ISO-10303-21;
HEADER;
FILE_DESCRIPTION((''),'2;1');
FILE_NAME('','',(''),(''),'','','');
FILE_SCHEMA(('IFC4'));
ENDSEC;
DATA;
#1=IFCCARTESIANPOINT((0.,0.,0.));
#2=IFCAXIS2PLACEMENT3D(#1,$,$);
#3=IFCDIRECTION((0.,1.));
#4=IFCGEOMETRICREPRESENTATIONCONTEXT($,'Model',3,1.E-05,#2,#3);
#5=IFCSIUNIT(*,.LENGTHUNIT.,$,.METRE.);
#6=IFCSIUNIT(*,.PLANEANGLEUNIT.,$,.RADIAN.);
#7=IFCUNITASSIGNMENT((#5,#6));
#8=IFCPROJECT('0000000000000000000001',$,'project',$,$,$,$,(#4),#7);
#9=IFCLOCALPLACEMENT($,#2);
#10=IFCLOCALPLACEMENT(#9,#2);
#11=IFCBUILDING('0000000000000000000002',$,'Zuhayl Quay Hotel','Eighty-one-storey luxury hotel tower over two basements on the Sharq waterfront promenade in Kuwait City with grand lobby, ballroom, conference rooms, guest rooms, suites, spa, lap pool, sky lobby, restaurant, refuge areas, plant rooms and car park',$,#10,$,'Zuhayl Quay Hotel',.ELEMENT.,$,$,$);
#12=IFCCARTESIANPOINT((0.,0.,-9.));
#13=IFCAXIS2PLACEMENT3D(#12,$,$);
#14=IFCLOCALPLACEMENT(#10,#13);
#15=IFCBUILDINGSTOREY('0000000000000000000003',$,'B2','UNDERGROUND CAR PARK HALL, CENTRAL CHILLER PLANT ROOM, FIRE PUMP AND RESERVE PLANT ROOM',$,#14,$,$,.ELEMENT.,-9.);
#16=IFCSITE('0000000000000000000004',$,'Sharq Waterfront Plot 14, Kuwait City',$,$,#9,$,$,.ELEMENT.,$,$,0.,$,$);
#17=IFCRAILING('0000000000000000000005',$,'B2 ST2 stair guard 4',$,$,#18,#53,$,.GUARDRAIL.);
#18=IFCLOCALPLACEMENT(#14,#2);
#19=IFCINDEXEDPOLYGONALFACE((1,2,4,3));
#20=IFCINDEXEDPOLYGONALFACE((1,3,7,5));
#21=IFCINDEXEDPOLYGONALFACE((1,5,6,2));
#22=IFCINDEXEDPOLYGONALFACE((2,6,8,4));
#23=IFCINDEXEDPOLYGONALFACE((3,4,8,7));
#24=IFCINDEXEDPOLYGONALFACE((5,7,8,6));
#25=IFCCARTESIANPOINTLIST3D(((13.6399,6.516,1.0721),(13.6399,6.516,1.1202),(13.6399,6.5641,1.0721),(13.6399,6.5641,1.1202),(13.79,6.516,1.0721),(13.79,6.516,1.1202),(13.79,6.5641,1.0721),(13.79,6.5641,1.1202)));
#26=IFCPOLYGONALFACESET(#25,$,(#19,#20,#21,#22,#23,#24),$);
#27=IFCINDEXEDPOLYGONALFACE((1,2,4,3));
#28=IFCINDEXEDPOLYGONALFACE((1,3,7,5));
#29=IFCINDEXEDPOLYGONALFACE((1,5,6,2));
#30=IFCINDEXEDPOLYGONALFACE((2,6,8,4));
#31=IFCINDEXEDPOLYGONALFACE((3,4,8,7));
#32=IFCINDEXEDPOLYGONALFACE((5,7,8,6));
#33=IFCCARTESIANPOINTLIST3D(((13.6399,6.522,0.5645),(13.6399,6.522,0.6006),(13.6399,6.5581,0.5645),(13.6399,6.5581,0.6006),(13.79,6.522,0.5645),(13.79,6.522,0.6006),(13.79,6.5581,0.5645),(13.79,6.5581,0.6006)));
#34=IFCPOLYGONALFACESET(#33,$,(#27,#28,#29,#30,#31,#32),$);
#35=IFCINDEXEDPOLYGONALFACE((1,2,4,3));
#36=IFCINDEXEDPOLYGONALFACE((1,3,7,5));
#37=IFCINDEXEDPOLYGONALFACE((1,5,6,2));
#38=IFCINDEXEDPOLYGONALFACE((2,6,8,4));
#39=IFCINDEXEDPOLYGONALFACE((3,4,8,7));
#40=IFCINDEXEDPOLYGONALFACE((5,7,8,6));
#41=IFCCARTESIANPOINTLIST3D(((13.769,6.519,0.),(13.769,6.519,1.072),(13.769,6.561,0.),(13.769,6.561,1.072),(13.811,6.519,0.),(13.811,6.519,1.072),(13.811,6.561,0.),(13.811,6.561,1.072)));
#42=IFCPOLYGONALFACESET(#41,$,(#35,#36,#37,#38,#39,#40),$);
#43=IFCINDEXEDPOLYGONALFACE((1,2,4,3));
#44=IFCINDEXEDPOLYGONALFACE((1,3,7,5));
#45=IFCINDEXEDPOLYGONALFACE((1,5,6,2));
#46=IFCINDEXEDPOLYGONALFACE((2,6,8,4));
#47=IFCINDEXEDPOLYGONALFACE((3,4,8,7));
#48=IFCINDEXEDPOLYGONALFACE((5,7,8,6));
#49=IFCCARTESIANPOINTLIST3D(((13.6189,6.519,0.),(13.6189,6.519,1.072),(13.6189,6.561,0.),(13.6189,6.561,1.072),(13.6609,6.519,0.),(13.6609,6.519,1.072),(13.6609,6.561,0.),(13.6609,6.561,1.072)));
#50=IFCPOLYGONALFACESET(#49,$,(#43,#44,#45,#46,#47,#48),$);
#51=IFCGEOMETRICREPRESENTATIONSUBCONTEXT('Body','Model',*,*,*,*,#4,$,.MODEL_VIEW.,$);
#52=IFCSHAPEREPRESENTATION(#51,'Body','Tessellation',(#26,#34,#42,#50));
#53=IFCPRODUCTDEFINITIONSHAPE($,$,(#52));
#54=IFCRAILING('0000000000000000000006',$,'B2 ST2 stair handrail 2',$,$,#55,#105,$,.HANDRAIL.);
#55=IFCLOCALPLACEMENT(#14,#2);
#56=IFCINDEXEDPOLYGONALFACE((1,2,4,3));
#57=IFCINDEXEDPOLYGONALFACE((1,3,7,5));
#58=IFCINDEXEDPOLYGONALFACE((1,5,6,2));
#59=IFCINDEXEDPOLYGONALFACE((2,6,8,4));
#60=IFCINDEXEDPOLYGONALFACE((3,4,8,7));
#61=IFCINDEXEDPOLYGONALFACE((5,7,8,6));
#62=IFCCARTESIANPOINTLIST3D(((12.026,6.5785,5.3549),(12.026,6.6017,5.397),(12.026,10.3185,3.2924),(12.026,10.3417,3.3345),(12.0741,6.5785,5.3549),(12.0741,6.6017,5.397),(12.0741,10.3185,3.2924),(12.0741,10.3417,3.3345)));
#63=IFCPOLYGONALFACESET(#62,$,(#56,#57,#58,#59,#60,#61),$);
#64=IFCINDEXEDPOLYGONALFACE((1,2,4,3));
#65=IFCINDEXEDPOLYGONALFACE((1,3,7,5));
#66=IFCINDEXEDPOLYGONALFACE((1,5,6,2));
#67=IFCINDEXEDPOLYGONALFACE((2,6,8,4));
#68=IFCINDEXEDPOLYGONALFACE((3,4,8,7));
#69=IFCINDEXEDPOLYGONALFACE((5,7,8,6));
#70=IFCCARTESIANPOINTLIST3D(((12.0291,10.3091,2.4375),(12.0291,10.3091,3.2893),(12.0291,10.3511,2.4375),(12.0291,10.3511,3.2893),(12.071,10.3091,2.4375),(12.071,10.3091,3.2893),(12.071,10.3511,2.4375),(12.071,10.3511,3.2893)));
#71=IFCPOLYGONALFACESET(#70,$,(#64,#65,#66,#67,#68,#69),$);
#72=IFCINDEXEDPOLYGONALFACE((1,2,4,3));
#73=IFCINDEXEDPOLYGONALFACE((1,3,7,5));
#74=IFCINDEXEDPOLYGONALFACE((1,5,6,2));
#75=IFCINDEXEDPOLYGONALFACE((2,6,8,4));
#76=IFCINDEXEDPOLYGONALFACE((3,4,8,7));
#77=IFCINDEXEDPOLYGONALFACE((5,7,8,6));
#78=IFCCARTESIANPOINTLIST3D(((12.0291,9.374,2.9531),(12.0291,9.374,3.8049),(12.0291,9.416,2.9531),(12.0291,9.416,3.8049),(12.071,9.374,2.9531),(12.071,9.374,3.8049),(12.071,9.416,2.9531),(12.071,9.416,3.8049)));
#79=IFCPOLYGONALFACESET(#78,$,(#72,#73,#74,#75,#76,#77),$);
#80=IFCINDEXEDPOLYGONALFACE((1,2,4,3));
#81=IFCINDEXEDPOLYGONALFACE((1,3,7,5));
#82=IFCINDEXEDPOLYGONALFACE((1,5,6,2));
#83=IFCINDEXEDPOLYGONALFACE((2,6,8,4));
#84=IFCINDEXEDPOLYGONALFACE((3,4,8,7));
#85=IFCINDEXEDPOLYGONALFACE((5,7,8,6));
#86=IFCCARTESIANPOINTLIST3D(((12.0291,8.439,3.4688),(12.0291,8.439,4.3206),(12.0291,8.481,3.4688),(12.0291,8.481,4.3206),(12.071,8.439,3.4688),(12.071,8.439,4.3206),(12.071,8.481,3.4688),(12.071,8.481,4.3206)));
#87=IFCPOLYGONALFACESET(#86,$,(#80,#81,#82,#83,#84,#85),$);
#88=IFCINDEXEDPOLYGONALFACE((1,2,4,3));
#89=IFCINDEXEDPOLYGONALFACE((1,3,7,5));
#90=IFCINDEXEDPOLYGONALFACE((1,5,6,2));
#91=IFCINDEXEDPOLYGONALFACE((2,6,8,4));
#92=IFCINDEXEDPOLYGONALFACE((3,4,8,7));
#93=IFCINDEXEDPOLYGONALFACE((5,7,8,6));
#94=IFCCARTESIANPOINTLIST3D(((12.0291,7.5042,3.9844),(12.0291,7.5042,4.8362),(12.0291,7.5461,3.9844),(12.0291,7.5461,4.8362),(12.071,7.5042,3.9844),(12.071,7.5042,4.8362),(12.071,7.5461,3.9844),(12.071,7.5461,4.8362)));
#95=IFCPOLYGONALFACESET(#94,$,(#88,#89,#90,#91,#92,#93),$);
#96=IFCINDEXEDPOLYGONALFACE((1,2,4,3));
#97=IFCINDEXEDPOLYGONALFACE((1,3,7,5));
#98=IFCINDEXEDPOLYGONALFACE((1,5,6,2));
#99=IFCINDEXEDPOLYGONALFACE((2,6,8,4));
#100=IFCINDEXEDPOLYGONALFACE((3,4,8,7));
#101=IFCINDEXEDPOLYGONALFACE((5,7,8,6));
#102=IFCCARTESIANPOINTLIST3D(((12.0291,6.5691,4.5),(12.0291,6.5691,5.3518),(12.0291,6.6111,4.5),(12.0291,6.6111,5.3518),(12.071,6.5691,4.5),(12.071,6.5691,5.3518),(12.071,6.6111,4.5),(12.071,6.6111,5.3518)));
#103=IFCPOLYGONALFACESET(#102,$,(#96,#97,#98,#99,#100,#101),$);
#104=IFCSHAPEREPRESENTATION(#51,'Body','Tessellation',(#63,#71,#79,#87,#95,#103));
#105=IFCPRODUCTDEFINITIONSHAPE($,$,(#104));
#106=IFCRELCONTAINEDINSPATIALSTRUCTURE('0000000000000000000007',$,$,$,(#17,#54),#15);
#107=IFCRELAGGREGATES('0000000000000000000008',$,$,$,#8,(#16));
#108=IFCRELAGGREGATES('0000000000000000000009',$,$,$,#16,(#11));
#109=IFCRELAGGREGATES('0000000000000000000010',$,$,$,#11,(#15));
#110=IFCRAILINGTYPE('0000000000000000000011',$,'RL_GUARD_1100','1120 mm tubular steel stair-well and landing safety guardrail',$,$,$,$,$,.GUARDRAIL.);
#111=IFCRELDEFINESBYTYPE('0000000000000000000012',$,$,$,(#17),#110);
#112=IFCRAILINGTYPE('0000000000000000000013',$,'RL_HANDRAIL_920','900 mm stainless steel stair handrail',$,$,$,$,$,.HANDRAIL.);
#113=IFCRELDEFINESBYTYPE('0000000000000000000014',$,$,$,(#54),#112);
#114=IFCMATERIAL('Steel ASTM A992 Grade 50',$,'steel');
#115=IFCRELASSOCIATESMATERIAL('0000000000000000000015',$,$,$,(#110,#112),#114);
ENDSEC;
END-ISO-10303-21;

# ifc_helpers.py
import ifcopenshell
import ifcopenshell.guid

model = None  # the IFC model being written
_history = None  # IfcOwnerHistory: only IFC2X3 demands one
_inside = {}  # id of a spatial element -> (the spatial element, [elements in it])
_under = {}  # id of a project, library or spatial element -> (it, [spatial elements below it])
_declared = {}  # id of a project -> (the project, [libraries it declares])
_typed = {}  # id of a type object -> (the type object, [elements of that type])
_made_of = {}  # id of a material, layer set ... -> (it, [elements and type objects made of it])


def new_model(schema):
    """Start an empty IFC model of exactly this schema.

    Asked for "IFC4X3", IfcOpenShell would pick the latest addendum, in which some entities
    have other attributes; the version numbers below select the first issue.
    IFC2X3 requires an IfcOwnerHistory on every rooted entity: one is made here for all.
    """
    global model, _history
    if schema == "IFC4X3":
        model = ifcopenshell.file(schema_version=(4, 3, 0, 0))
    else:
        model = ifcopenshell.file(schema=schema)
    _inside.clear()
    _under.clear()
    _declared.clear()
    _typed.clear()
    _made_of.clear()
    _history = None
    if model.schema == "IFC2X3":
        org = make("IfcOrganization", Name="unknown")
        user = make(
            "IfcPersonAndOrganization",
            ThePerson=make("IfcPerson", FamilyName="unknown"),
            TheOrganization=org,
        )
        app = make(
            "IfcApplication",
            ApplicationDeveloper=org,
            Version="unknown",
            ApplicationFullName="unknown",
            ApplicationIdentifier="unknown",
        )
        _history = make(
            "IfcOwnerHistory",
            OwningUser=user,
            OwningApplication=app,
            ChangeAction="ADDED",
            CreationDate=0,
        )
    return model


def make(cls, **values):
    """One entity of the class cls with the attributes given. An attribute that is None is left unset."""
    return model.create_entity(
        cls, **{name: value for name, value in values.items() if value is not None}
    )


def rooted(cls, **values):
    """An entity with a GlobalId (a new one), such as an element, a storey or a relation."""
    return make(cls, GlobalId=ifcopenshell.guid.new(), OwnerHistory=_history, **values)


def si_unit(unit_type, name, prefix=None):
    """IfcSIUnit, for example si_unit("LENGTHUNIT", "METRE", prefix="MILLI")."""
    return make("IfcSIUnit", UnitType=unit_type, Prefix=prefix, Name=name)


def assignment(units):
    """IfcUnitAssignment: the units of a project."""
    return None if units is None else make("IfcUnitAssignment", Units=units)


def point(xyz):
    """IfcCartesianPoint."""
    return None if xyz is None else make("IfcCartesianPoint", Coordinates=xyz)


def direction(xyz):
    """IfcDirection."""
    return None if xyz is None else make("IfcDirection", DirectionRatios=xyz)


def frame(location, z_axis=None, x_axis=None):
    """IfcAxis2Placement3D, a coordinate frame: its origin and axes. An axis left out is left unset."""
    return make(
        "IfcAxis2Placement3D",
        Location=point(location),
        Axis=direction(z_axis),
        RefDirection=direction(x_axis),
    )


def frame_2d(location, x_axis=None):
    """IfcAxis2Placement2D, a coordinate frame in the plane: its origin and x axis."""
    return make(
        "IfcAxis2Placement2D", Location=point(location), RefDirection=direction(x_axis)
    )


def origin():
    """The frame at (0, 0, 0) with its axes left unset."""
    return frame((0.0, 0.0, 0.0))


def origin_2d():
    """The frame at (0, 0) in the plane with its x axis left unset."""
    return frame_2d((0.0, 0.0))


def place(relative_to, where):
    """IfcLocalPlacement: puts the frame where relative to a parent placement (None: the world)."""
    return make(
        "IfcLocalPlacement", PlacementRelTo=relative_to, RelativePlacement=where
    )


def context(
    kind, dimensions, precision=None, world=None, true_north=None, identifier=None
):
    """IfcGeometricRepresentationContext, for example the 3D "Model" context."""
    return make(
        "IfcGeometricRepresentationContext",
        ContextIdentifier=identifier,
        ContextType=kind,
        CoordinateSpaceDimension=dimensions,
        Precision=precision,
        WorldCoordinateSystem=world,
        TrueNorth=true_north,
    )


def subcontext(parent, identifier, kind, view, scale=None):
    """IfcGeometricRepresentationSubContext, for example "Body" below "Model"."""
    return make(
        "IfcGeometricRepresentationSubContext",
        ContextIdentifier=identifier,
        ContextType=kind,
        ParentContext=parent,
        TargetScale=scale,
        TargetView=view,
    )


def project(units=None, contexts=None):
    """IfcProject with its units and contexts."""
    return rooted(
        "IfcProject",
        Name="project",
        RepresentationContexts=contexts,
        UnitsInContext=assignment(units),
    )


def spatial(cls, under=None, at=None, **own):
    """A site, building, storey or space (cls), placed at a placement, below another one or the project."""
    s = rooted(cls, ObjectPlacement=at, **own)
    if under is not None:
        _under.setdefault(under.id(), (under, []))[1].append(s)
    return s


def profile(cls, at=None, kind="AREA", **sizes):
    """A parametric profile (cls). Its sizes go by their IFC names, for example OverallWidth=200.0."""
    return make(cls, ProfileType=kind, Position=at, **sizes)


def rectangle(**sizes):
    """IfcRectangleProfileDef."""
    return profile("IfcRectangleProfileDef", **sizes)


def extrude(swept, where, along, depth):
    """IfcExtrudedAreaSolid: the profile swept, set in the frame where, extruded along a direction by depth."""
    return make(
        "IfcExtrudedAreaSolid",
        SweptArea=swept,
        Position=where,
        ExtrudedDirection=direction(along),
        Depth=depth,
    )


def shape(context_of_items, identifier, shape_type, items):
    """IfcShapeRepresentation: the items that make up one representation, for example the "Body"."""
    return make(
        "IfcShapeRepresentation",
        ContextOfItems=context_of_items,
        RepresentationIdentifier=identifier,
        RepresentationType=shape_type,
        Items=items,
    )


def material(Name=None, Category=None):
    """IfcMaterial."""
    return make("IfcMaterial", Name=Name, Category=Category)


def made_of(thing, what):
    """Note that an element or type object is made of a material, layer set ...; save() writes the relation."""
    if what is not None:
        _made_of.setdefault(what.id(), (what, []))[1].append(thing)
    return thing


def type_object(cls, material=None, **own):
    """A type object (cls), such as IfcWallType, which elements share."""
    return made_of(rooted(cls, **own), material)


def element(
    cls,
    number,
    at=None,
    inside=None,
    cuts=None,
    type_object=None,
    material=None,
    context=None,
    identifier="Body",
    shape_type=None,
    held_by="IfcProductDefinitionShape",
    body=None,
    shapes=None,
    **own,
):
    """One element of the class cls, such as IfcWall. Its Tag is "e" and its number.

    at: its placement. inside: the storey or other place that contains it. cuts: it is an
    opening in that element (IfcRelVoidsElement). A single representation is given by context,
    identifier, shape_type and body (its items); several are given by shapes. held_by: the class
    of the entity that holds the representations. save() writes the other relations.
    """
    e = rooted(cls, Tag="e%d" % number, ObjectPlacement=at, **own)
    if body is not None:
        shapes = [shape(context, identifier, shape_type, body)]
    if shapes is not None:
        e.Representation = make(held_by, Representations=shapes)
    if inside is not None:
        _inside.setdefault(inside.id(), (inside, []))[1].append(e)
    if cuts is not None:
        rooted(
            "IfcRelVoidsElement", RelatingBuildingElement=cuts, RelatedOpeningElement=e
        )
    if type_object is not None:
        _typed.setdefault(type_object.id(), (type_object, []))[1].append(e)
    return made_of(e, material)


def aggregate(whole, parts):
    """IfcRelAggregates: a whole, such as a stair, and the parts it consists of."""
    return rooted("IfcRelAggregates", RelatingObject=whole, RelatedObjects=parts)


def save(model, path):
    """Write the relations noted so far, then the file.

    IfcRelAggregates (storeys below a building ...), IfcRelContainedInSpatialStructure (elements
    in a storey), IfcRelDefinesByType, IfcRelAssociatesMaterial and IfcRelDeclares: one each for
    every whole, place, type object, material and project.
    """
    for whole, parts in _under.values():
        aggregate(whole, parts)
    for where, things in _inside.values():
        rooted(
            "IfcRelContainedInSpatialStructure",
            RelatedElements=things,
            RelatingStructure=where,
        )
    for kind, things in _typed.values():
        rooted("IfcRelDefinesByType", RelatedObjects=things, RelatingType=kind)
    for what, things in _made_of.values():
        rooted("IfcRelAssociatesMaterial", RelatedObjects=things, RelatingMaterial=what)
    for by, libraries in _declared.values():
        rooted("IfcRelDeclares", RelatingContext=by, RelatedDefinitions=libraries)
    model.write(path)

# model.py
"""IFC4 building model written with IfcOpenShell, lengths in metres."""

from ifc_helpers import new_model, si_unit, direction, frame, origin, origin_2d, place, context, subcontext, project, spatial, rectangle, extrude, material, type_object, element, save


model = new_model("IFC4")

# Units and contexts
model_context = context("Model", 3, precision=1e-05, world=origin(), true_north=direction((0.0, 1.0)))
body_context = subcontext(model_context, "Body", "Model", "MODEL_VIEW")
ifc_project = project(units=[si_unit("LENGTHUNIT", "METRE"), si_unit("PLANEANGLEUNIT", "RADIAN")], contexts=[model_context])

# Site, building, storey
site_placement = place(None, origin())
site = spatial("IfcSite", under=ifc_project, at=site_placement, Name="Sharq Waterfront Plot 14, Kuwait City", CompositionType="ELEMENT", RefElevation=0.0)
building_placement = place(site_placement, origin())
building = spatial("IfcBuilding", under=site, at=building_placement, Name="Zuhayl Quay Hotel", Description="Eighty-one-storey luxury hotel tower over two basements on the Sharq waterfront promenade in Kuwait City with grand lobby, ballroom, conference rooms, guest rooms, suites, spa, lap pool, sky lobby, restaurant, refuge areas, plant rooms and car park", LongName="Zuhayl Quay Hotel", CompositionType="ELEMENT")
storey_placement = place(building_placement, frame((0.0, 0.0, -9.0)))
storey = spatial("IfcBuildingStorey", under=building, at=storey_placement, Name="B2", Description="UNDERGROUND CAR PARK HALL, CENTRAL CHILLER PLANT ROOM, FIRE PUMP AND RESERVE PLANT ROOM", CompositionType="ELEMENT", Elevation=-9.0)

# Shared definitions
ifc_material_1 = material(Name="Steel ASTM A992 Grade 50", Category="steel")

# Railings
railing_type_1 = type_object("IfcRailingType", Name="RL_GUARD_1100", Description="1120 mm tubular steel stair-well and landing safety guardrail", PredefinedType="GUARDRAIL", material=ifc_material_1)
railing_1_placement = place(storey_placement, frame((13.79, 6.54, 0.0)))
element("IfcRailing", 1, at=railing_1_placement, inside=storey, type_object=railing_type_1, Name="B2 ST2 stair guard 4", PredefinedType="GUARDRAIL", context=body_context, shape_type="SweptSolid", body=[
    extrude(rectangle(XDim=0.0481, YDim=0.0481, at=origin_2d()), frame((0.0, 0.0, 1.0962), z_axis=(-1.0, 0.0, 0.0), x_axis=(0.0, -1.0, 0.0)), (0.0, 0.0, 1.0), 0.1501),
    extrude(rectangle(XDim=0.0361, YDim=0.0361, at=origin_2d()), frame((0.0, 0.0, 0.5825), z_axis=(-1.0, 0.0, 0.0), x_axis=(0.0, -1.0, 0.0)), (0.0, 0.0, 1.0), 0.1501),
    extrude(rectangle(XDim=0.042, YDim=0.042, at=origin_2d()), origin(), (0.0, 0.0, 1.0), 1.072),
    extrude(rectangle(XDim=0.042, YDim=0.042, at=origin_2d()), frame((-0.1501, 0.0, 0.0)), (0.0, 0.0, 1.0), 1.072),
])
railing_type_2 = type_object("IfcRailingType", Name="RL_HANDRAIL_920", Description="900 mm stainless steel stair handrail", PredefinedType="HANDRAIL", material=ifc_material_1)
railing_2_placement = place(storey_placement, frame((12.05, 10.3301, 2.4375)))
element("IfcRailing", 2, at=railing_2_placement, inside=storey, type_object=railing_type_2, Name="B2 ST2 stair handrail 2", PredefinedType="HANDRAIL", context=body_context, shape_type="SweptSolid", body=[
    extrude(rectangle(XDim=0.0481, YDim=0.0481, at=origin_2d()), frame((0.0, 0.0, 0.876), z_axis=(0.0, -0.875671, 0.482908), x_axis=(1.0, 0.0, 0.0)), (0.0, 0.0, 1.0), 4.271),
    extrude(rectangle(XDim=0.042, YDim=0.042, at=origin_2d()), origin(), (0.0, 0.0, 1.0), 0.8518),
    extrude(rectangle(XDim=0.042, YDim=0.042, at=origin_2d()), frame((0.0, -0.9351, 0.5156)), (0.0, 0.0, 1.0), 0.8518),
    extrude(rectangle(XDim=0.042, YDim=0.042, at=origin_2d()), frame((0.0, -1.8701, 1.0312)), (0.0, 0.0, 1.0), 0.8518),
    extrude(rectangle(XDim=0.042, YDim=0.042, at=origin_2d()), frame((0.0, -2.8049, 1.5469)), (0.0, 0.0, 1.0), 0.8518),
    extrude(rectangle(XDim=0.042, YDim=0.042, at=origin_2d()), frame((0.0, -3.74, 2.0625)), (0.0, 0.0, 1.0), 0.8518),
])

save(model, "model.ifc")
